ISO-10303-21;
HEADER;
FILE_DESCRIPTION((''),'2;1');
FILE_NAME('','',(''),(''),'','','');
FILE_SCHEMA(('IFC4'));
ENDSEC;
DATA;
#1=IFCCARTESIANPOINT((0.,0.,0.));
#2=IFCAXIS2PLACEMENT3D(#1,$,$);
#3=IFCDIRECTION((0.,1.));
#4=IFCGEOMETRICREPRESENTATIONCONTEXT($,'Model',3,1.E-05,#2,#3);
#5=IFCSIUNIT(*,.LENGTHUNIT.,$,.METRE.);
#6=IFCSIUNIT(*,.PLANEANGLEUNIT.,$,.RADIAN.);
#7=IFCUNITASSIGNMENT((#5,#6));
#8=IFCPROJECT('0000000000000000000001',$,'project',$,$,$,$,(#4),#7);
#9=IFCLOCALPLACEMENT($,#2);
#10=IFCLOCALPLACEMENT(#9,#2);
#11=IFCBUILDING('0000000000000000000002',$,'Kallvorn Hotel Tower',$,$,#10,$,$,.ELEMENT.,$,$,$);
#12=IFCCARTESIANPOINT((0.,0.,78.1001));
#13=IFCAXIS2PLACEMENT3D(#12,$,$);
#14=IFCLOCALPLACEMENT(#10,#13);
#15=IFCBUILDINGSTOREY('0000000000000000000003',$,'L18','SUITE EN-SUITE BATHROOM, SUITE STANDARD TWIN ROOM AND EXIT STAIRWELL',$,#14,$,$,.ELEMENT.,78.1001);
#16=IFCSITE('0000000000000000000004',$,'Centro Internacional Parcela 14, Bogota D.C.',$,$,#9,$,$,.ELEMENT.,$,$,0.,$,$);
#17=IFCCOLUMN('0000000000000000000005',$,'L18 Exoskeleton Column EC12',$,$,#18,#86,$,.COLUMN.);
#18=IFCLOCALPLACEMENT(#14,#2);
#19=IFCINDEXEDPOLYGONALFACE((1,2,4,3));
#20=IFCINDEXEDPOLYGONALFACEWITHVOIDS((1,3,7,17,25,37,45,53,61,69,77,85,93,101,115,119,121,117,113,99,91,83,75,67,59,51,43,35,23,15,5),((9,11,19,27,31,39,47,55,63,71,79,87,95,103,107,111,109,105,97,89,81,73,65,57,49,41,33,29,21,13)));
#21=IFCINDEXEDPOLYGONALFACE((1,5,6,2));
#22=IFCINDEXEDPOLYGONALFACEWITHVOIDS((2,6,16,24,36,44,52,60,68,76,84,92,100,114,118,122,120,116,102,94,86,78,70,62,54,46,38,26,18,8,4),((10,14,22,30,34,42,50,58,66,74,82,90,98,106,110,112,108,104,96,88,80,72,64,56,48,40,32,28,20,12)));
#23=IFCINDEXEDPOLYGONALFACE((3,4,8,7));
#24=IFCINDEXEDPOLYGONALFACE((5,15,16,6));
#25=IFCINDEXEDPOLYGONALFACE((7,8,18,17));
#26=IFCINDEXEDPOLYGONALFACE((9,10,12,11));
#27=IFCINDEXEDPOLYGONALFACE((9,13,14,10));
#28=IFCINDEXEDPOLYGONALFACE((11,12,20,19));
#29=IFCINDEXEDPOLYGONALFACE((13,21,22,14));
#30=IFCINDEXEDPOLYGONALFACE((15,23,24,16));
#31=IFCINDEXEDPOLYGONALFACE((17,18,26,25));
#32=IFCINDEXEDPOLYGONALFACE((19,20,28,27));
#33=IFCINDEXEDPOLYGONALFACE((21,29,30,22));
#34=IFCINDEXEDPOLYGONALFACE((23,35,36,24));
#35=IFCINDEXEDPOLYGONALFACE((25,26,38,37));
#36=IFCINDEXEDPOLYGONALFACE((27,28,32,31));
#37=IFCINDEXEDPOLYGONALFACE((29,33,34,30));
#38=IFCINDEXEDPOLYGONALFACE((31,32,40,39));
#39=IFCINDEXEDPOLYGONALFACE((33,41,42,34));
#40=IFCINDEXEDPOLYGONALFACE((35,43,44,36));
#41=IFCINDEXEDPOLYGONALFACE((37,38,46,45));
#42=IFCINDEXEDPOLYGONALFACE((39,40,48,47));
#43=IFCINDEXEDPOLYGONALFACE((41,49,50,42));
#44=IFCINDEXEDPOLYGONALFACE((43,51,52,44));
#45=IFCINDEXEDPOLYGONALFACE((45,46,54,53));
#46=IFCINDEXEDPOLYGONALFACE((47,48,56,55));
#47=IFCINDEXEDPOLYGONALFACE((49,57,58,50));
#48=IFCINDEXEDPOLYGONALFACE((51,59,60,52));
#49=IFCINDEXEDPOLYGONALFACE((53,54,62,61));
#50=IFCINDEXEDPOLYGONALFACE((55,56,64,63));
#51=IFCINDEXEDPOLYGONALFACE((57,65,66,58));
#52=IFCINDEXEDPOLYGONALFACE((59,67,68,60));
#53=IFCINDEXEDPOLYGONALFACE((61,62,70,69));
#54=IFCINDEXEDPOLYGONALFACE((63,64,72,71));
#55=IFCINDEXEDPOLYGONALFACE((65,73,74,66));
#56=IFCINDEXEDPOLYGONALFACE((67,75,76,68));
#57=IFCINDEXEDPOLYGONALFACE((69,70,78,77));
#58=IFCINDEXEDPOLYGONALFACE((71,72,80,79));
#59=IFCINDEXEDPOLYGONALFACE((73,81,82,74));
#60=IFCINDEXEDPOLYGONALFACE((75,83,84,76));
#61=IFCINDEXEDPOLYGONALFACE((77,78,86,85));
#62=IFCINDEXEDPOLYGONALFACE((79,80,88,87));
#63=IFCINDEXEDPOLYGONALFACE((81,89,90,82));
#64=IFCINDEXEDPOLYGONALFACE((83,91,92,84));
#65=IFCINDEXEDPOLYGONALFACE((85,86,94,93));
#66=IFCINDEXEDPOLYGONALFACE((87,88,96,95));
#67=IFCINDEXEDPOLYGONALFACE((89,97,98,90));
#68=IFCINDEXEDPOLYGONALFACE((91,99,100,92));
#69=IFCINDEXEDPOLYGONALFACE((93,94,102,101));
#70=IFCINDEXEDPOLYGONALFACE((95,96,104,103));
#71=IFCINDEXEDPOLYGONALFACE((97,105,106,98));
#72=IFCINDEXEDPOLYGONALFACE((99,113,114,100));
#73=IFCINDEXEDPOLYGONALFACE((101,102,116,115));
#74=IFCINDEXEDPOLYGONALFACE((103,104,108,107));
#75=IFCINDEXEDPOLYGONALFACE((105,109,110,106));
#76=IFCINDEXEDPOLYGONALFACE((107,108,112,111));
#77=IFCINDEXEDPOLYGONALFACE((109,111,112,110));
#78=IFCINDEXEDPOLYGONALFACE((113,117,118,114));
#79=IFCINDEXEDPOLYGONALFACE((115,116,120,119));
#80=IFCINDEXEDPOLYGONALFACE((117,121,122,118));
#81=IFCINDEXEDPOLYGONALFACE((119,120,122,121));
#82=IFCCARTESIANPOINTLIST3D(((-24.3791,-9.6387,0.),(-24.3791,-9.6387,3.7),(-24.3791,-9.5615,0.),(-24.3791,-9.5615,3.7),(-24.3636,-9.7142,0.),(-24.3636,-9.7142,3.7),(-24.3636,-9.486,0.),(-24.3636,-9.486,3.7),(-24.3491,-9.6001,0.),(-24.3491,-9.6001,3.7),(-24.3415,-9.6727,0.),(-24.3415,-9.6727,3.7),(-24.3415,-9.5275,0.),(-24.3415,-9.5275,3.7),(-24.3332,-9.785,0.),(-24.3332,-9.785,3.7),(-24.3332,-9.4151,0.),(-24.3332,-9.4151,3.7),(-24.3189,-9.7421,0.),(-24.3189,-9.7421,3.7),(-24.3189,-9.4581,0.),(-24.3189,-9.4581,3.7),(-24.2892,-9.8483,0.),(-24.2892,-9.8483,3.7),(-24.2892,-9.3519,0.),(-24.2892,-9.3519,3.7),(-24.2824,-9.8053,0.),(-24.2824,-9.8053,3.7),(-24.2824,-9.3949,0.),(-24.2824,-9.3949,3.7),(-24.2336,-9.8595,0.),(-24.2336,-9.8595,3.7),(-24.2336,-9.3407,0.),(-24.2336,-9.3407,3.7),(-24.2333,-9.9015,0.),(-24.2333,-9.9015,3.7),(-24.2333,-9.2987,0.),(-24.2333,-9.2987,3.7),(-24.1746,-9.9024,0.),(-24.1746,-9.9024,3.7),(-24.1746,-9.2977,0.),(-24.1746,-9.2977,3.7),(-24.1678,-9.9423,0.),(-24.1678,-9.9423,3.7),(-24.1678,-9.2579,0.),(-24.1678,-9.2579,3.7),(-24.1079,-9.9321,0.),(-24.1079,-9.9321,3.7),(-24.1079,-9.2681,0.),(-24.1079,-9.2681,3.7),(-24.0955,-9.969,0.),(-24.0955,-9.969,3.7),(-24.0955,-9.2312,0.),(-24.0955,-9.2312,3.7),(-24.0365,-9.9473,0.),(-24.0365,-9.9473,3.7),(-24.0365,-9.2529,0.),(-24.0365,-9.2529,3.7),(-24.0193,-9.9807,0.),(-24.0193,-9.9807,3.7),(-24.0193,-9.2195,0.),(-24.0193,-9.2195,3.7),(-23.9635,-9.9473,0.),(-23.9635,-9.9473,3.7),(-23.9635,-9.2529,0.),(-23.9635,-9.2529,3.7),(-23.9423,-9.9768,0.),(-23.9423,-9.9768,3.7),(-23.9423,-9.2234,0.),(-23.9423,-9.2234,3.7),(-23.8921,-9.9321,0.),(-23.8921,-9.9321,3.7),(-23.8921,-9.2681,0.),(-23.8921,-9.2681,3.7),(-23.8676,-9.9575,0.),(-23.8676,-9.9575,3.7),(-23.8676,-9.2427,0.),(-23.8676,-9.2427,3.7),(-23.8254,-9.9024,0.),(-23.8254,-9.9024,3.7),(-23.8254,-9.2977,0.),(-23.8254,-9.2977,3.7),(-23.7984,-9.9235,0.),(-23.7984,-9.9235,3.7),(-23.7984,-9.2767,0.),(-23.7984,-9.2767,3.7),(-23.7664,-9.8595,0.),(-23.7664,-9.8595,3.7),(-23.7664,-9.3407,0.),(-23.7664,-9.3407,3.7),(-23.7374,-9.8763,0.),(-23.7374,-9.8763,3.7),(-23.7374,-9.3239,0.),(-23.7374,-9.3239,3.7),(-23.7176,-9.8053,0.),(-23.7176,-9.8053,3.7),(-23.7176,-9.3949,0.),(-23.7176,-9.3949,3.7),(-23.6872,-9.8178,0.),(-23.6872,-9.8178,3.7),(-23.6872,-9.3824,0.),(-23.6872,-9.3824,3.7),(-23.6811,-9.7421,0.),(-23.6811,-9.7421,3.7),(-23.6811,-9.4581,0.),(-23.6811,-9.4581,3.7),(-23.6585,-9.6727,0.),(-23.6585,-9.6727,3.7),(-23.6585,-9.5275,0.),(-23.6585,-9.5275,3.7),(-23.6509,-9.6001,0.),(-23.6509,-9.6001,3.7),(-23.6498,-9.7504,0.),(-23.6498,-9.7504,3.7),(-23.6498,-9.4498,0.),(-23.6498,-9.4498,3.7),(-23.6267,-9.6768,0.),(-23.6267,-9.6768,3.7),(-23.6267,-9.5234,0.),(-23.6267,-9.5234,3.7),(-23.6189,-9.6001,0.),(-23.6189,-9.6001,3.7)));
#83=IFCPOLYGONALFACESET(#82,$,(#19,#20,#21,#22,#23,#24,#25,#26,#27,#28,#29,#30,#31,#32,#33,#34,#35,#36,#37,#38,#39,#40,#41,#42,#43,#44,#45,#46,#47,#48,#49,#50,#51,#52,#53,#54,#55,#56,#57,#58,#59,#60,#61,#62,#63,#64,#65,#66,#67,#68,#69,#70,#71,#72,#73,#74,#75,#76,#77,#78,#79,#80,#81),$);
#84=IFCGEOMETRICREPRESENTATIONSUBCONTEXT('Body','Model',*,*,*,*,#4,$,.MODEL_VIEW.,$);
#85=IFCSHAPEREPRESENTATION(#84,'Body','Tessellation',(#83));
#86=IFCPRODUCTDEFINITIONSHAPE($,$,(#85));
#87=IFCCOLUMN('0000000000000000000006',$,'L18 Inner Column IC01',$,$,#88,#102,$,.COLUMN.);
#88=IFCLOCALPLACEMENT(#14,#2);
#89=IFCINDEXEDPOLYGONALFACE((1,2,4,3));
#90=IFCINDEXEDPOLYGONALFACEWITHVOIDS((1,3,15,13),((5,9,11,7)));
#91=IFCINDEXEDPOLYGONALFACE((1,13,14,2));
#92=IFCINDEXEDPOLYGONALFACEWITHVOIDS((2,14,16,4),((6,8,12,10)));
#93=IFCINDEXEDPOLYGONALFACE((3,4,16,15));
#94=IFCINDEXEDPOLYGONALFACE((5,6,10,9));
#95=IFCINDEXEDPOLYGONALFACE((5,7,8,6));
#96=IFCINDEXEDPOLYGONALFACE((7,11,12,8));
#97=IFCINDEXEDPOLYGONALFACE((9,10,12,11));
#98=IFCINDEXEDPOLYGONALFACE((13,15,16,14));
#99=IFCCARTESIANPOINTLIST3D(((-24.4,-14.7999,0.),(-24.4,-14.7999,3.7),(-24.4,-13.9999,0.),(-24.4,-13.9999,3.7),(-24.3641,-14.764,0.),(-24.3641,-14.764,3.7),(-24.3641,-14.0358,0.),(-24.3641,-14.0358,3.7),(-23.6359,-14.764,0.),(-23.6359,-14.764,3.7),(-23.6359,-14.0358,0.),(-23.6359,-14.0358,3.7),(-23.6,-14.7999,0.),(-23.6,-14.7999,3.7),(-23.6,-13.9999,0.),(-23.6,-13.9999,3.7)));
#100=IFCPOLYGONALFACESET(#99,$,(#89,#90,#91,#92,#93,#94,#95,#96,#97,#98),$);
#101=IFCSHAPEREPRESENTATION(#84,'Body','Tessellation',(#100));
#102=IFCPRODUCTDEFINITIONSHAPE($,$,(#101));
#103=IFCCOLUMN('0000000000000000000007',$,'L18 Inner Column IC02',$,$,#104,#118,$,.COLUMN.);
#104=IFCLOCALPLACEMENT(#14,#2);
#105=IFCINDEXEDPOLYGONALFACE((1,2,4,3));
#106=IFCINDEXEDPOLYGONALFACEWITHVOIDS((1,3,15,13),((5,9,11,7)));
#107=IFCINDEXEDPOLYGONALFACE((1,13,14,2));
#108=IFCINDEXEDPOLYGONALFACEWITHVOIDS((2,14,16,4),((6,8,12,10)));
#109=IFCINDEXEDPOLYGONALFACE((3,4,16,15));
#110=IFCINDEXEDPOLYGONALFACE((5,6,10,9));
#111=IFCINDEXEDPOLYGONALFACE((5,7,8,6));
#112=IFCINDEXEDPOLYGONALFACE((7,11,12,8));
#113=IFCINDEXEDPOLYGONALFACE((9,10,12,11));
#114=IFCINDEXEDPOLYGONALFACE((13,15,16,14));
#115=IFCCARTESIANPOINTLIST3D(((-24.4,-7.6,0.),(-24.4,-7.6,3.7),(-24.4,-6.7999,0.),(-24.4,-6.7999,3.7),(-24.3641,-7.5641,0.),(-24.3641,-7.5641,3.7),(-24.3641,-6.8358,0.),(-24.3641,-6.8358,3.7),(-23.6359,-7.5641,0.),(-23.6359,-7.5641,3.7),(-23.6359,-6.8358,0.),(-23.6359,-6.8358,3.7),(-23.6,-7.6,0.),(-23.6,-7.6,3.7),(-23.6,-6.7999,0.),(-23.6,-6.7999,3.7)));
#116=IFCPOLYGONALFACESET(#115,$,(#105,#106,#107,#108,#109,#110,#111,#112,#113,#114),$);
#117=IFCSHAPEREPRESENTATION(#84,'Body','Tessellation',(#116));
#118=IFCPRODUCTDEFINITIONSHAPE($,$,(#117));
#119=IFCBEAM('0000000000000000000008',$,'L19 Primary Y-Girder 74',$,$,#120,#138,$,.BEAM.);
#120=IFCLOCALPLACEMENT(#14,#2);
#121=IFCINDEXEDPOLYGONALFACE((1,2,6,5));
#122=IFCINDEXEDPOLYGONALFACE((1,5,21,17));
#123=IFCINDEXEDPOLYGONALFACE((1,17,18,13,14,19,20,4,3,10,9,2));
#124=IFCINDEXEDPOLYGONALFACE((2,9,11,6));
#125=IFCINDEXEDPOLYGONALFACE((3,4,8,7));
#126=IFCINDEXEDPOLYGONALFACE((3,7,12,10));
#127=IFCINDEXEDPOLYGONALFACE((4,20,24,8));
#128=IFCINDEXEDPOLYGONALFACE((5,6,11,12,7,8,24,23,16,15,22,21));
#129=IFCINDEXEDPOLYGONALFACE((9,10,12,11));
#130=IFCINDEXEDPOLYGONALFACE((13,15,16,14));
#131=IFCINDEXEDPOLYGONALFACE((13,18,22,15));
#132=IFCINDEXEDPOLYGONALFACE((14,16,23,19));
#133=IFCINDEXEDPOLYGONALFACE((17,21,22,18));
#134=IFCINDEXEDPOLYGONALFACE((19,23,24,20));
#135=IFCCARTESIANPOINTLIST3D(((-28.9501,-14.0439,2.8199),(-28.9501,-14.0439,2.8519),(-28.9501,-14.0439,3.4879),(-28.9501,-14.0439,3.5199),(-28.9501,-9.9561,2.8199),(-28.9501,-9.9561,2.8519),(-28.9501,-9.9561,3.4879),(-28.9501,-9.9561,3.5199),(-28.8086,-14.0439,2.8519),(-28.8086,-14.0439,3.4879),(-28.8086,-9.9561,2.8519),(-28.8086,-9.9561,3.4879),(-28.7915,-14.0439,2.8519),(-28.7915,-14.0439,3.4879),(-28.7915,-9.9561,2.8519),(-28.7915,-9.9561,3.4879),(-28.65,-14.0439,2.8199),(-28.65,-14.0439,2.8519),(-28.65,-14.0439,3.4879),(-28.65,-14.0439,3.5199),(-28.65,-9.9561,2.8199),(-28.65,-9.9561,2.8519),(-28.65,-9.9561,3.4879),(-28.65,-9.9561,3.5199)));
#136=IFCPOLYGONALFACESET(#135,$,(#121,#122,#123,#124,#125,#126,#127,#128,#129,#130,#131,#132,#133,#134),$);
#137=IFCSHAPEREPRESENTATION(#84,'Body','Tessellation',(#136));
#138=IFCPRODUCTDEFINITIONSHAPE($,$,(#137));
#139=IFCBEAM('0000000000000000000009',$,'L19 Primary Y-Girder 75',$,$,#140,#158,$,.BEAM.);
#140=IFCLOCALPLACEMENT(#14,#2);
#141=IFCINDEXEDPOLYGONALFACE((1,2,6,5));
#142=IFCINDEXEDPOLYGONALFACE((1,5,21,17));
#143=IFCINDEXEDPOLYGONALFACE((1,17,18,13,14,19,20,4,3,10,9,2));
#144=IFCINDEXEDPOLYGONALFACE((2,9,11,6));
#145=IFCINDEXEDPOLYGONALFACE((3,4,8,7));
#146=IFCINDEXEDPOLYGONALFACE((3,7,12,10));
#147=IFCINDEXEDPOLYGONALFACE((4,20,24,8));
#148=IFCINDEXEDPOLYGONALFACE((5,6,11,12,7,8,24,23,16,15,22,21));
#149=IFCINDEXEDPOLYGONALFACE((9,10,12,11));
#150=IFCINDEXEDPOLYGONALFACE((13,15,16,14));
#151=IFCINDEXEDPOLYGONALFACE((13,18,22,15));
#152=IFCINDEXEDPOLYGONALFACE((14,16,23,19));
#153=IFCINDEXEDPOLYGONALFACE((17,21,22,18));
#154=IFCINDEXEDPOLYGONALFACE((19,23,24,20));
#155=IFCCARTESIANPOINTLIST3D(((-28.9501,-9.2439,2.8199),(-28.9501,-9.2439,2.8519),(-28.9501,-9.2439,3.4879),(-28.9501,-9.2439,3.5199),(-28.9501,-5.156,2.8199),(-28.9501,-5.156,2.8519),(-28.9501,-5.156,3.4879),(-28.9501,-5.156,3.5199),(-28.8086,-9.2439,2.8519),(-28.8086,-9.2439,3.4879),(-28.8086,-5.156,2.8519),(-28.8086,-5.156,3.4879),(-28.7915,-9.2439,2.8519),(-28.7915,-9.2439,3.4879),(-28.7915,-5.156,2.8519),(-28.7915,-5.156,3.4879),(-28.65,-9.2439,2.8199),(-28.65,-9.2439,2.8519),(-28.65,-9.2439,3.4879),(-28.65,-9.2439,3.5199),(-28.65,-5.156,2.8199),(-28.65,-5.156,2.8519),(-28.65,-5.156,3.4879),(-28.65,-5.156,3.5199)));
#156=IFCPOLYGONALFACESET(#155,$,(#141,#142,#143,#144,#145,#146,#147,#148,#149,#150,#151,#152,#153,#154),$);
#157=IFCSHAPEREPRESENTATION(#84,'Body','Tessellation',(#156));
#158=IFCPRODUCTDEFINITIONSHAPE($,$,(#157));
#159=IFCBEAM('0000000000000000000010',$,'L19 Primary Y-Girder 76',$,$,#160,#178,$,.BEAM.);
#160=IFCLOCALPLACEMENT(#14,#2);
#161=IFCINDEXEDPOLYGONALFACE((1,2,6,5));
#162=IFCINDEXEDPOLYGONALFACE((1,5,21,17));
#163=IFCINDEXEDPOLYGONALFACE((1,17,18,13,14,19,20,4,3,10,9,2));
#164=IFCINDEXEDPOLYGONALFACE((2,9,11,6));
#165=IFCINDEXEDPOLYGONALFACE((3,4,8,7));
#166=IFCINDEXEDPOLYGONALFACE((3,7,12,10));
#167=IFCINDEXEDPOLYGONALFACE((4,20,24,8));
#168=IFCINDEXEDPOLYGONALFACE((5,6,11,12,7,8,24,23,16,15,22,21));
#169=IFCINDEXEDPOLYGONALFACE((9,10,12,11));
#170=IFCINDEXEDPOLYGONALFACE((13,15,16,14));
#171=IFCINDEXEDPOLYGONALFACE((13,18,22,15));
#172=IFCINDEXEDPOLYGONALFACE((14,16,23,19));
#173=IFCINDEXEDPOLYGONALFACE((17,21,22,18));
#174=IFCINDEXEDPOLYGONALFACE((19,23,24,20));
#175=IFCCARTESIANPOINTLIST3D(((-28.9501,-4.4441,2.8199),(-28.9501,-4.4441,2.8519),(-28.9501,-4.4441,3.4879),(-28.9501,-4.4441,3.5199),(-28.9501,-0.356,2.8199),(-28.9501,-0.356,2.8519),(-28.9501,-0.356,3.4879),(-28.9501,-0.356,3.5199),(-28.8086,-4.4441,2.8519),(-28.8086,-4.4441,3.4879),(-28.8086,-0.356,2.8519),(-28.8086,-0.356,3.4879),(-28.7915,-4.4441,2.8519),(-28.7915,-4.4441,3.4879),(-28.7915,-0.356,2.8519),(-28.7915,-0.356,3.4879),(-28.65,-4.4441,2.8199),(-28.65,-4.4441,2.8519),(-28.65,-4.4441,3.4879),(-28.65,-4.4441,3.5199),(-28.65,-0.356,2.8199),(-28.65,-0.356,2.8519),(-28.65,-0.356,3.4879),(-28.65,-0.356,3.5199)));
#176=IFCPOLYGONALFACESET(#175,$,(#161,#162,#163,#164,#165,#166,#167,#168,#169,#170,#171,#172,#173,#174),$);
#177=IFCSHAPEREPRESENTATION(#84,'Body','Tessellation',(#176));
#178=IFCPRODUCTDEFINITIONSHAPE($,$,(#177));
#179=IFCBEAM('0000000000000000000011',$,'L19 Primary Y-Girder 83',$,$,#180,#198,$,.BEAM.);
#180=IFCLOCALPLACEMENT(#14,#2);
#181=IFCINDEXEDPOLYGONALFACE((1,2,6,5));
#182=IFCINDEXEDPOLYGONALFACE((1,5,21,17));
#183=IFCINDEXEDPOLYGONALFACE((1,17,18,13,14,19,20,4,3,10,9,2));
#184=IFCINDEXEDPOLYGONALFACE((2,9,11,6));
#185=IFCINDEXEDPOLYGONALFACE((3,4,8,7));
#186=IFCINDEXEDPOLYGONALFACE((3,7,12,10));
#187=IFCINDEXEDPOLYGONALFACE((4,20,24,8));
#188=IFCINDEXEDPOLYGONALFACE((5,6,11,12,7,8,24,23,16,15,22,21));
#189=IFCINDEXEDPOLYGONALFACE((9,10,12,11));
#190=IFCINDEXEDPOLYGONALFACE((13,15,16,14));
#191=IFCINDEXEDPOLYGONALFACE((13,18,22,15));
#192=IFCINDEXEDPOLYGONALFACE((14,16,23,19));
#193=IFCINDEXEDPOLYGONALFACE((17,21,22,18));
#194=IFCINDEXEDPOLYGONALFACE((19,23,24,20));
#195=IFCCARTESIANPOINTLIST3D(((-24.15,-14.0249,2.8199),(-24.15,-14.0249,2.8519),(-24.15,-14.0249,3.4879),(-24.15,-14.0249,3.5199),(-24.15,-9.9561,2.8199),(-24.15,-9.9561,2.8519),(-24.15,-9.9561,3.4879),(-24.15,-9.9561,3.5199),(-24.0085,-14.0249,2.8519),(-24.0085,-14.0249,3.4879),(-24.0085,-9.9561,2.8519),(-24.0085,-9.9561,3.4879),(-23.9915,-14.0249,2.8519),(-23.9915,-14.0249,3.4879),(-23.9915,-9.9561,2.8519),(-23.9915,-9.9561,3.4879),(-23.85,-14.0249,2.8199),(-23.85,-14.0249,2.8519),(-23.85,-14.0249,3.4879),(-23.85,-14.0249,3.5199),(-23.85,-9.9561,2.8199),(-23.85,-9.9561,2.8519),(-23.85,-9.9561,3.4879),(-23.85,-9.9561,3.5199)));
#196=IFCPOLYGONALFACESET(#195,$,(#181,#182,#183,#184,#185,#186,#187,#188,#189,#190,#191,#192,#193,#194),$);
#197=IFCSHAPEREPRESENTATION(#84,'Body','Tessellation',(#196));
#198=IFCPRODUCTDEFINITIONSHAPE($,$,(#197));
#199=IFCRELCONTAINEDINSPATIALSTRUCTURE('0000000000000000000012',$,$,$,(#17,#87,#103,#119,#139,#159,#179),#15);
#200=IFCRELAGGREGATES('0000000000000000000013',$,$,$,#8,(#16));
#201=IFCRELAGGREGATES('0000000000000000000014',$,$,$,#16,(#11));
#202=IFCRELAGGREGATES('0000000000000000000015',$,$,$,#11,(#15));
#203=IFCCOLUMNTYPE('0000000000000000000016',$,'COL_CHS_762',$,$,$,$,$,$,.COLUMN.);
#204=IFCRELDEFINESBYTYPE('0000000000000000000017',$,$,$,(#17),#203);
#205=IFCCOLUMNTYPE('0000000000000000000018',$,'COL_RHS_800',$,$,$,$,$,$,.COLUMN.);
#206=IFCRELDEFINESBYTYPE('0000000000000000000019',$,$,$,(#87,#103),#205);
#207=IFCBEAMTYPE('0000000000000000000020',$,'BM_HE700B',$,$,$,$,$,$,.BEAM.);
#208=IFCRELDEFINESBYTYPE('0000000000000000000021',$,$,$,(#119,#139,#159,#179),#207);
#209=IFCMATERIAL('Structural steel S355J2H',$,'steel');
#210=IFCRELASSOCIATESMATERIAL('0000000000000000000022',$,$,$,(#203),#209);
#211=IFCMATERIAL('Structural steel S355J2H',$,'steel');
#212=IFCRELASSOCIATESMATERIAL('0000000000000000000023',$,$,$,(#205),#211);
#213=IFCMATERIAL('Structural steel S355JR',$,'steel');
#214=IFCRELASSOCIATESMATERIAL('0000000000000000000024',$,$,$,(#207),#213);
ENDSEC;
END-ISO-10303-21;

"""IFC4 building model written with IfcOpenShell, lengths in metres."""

from ifc_helpers import new_model, si_unit, direction, frame, origin, origin_2d, place, context, subcontext, project, spatial, hollow_rectangle, hollow_circle, i_section, extrude, material, material_profile, profile_set, type_object, element, save


model = new_model("IFC4")

# Units and contexts
model_context = context("Model", 3, precision=1e-05, world=origin(), true_north=direction((0.0, 1.0)))
body_context = subcontext(model_context, "Body", "Model", "MODEL_VIEW")
ifc_project = project(units=[si_unit("LENGTHUNIT", "METRE"), si_unit("PLANEANGLEUNIT", "RADIAN")], contexts=[model_context])

# Site, building, storey
site_placement = place(None, origin())
site = spatial("IfcSite", under=ifc_project, at=site_placement, Name="Centro Internacional Parcela 14, Bogota D.C.", CompositionType="ELEMENT", RefElevation=0.0)
building_placement = place(site_placement, origin())
building = spatial("IfcBuilding", under=site, at=building_placement, Name="Kallvorn Hotel Tower", CompositionType="ELEMENT")
storey_placement = place(building_placement, frame((0.0, 0.0, 78.1001)))
storey = spatial("IfcBuildingStorey", under=building, at=storey_placement, Name="L18", Description="SUITE EN-SUITE BATHROOM, SUITE STANDARD TWIN ROOM AND EXIT STAIRWELL", CompositionType="ELEMENT", Elevation=78.1001)

# Columns
ifc_material_1 = material(Name="Structural steel S355J2H", Category="steel")
ifc_material_profile_1 = material_profile(ifc_material_1, hollow_circle(Radius=0.3811, WallThickness=0.032, at=origin_2d()), Name="CHS 762x32")
ifc_profile_set_1 = profile_set([ifc_material_profile_1], Name="Structural steel S355J2H")
column_type_1 = type_object("IfcColumnType", Name="COL_CHS_762", PredefinedType="COLUMN", material=ifc_profile_set_1)
for number, where, z_axis, x_axis, name in (
    (1, (-24.0, -9.6001, 0.0), (0.0, 0.0, 1.0), (1.0, 0.0, 0.0), "L18 Exoskeleton Column EC12"),
):
    element("IfcColumn", number, at=place(storey_placement, frame(where, z_axis=z_axis, x_axis=x_axis)), inside=storey, type_object=column_type_1, Name=name, PredefinedType="COLUMN", context=body_context, shape_type="SweptSolid", body=[
        extrude(hollow_circle(Radius=0.3811, WallThickness=0.032, at=origin_2d()), origin(), (0.0, 0.0, 1.0), 3.7),
    ])
ifc_material_2 = material(Name="Structural steel S355J2H", Category="steel")
ifc_material_profile_2 = material_profile(ifc_material_2, hollow_rectangle(XDim=0.8, YDim=0.8, WallThickness=0.0359, at=origin_2d()), Name="RHS 800x800x36")
ifc_profile_set_2 = profile_set([ifc_material_profile_2], Name="Structural steel S355J2H")
column_type_2 = type_object("IfcColumnType", Name="COL_RHS_800", PredefinedType="COLUMN", material=ifc_profile_set_2)
for number, where, z_axis, x_axis, name in (
    (2, (-24.0, -14.3999, 0.0), (0.0, 0.0, 1.0), (1.0, 0.0, 0.0), "L18 Inner Column IC01"),
    (3, (-24.0, -7.2, 0.0), (0.0, 0.0, 1.0), (1.0, 0.0, 0.0), "L18 Inner Column IC02"),
):
    element("IfcColumn", number, at=place(storey_placement, frame(where, z_axis=z_axis, x_axis=x_axis)), inside=storey, type_object=column_type_2, Name=name, PredefinedType="COLUMN", context=body_context, shape_type="SweptSolid", body=[
        extrude(hollow_rectangle(XDim=0.8, YDim=0.8, WallThickness=0.0359, at=origin_2d()), origin(), (0.0, 0.0, 1.0), 3.7),
    ])

# Beams
ifc_material_3 = material(Name="Structural steel S355JR", Category="steel")
ifc_material_profile_3 = material_profile(ifc_material_3, i_section(OverallWidth=0.3, OverallDepth=0.7, WebThickness=0.0171, FlangeThickness=0.032, at=origin_2d()), Name="HE 700 B")
ifc_profile_set_3 = profile_set([ifc_material_profile_3], Name="Structural steel S355JR")
beam_type_1 = type_object("IfcBeamType", Name="BM_HE700B", PredefinedType="BEAM", material=ifc_profile_set_3)
for number, where, z_axis, x_axis, name in (
    (4, (-28.8, -14.0439, 3.1699), (0.0, 1.0, 0.0), (-1.0, 0.0, 0.0), "L19 Primary Y-Girder 74"),
    (5, (-28.8, -9.2439, 3.1699), (0.0, 1.0, 0.0), (-1.0, 0.0, 0.0), "L19 Primary Y-Girder 75"),
):
    element("IfcBeam", number, at=place(storey_placement, frame(where, z_axis=z_axis, x_axis=x_axis)), inside=storey, type_object=beam_type_1, Name=name, PredefinedType="BEAM", context=body_context, shape_type="SweptSolid", body=[
        extrude(i_section(OverallWidth=0.3, OverallDepth=0.7, WebThickness=0.0171, FlangeThickness=0.032, at=origin_2d()), origin(), (0.0, 0.0, 1.0), 4.0879),
    ])
beam_1_placement = place(storey_placement, frame((-28.8, -4.4441, 3.1699), z_axis=(0.0, 1.0, 0.0), x_axis=(-1.0, 0.0, 0.0)))
element("IfcBeam", 6, at=beam_1_placement, inside=storey, type_object=beam_type_1, Name="L19 Primary Y-Girder 76", PredefinedType="BEAM", context=body_context, shape_type="SweptSolid", body=[
    extrude(i_section(OverallWidth=0.3, OverallDepth=0.7, WebThickness=0.0171, FlangeThickness=0.032, at=origin_2d()), origin(), (0.0, 0.0, 1.0), 4.0881),
])
beam_2_placement = place(storey_placement, frame((-24.0, -14.0249, 3.1699), z_axis=(0.0, 1.0, 0.0), x_axis=(-1.0, 0.0, 0.0)))
element("IfcBeam", 7, at=beam_2_placement, inside=storey, type_object=beam_type_1, Name="L19 Primary Y-Girder 83", PredefinedType="BEAM", context=body_context, shape_type="SweptSolid", body=[
    extrude(i_section(OverallWidth=0.3, OverallDepth=0.7, WebThickness=0.0171, FlangeThickness=0.032, at=origin_2d()), origin(), (0.0, 0.0, 1.0), 4.0688),
])

save(model, "model.ifc")
